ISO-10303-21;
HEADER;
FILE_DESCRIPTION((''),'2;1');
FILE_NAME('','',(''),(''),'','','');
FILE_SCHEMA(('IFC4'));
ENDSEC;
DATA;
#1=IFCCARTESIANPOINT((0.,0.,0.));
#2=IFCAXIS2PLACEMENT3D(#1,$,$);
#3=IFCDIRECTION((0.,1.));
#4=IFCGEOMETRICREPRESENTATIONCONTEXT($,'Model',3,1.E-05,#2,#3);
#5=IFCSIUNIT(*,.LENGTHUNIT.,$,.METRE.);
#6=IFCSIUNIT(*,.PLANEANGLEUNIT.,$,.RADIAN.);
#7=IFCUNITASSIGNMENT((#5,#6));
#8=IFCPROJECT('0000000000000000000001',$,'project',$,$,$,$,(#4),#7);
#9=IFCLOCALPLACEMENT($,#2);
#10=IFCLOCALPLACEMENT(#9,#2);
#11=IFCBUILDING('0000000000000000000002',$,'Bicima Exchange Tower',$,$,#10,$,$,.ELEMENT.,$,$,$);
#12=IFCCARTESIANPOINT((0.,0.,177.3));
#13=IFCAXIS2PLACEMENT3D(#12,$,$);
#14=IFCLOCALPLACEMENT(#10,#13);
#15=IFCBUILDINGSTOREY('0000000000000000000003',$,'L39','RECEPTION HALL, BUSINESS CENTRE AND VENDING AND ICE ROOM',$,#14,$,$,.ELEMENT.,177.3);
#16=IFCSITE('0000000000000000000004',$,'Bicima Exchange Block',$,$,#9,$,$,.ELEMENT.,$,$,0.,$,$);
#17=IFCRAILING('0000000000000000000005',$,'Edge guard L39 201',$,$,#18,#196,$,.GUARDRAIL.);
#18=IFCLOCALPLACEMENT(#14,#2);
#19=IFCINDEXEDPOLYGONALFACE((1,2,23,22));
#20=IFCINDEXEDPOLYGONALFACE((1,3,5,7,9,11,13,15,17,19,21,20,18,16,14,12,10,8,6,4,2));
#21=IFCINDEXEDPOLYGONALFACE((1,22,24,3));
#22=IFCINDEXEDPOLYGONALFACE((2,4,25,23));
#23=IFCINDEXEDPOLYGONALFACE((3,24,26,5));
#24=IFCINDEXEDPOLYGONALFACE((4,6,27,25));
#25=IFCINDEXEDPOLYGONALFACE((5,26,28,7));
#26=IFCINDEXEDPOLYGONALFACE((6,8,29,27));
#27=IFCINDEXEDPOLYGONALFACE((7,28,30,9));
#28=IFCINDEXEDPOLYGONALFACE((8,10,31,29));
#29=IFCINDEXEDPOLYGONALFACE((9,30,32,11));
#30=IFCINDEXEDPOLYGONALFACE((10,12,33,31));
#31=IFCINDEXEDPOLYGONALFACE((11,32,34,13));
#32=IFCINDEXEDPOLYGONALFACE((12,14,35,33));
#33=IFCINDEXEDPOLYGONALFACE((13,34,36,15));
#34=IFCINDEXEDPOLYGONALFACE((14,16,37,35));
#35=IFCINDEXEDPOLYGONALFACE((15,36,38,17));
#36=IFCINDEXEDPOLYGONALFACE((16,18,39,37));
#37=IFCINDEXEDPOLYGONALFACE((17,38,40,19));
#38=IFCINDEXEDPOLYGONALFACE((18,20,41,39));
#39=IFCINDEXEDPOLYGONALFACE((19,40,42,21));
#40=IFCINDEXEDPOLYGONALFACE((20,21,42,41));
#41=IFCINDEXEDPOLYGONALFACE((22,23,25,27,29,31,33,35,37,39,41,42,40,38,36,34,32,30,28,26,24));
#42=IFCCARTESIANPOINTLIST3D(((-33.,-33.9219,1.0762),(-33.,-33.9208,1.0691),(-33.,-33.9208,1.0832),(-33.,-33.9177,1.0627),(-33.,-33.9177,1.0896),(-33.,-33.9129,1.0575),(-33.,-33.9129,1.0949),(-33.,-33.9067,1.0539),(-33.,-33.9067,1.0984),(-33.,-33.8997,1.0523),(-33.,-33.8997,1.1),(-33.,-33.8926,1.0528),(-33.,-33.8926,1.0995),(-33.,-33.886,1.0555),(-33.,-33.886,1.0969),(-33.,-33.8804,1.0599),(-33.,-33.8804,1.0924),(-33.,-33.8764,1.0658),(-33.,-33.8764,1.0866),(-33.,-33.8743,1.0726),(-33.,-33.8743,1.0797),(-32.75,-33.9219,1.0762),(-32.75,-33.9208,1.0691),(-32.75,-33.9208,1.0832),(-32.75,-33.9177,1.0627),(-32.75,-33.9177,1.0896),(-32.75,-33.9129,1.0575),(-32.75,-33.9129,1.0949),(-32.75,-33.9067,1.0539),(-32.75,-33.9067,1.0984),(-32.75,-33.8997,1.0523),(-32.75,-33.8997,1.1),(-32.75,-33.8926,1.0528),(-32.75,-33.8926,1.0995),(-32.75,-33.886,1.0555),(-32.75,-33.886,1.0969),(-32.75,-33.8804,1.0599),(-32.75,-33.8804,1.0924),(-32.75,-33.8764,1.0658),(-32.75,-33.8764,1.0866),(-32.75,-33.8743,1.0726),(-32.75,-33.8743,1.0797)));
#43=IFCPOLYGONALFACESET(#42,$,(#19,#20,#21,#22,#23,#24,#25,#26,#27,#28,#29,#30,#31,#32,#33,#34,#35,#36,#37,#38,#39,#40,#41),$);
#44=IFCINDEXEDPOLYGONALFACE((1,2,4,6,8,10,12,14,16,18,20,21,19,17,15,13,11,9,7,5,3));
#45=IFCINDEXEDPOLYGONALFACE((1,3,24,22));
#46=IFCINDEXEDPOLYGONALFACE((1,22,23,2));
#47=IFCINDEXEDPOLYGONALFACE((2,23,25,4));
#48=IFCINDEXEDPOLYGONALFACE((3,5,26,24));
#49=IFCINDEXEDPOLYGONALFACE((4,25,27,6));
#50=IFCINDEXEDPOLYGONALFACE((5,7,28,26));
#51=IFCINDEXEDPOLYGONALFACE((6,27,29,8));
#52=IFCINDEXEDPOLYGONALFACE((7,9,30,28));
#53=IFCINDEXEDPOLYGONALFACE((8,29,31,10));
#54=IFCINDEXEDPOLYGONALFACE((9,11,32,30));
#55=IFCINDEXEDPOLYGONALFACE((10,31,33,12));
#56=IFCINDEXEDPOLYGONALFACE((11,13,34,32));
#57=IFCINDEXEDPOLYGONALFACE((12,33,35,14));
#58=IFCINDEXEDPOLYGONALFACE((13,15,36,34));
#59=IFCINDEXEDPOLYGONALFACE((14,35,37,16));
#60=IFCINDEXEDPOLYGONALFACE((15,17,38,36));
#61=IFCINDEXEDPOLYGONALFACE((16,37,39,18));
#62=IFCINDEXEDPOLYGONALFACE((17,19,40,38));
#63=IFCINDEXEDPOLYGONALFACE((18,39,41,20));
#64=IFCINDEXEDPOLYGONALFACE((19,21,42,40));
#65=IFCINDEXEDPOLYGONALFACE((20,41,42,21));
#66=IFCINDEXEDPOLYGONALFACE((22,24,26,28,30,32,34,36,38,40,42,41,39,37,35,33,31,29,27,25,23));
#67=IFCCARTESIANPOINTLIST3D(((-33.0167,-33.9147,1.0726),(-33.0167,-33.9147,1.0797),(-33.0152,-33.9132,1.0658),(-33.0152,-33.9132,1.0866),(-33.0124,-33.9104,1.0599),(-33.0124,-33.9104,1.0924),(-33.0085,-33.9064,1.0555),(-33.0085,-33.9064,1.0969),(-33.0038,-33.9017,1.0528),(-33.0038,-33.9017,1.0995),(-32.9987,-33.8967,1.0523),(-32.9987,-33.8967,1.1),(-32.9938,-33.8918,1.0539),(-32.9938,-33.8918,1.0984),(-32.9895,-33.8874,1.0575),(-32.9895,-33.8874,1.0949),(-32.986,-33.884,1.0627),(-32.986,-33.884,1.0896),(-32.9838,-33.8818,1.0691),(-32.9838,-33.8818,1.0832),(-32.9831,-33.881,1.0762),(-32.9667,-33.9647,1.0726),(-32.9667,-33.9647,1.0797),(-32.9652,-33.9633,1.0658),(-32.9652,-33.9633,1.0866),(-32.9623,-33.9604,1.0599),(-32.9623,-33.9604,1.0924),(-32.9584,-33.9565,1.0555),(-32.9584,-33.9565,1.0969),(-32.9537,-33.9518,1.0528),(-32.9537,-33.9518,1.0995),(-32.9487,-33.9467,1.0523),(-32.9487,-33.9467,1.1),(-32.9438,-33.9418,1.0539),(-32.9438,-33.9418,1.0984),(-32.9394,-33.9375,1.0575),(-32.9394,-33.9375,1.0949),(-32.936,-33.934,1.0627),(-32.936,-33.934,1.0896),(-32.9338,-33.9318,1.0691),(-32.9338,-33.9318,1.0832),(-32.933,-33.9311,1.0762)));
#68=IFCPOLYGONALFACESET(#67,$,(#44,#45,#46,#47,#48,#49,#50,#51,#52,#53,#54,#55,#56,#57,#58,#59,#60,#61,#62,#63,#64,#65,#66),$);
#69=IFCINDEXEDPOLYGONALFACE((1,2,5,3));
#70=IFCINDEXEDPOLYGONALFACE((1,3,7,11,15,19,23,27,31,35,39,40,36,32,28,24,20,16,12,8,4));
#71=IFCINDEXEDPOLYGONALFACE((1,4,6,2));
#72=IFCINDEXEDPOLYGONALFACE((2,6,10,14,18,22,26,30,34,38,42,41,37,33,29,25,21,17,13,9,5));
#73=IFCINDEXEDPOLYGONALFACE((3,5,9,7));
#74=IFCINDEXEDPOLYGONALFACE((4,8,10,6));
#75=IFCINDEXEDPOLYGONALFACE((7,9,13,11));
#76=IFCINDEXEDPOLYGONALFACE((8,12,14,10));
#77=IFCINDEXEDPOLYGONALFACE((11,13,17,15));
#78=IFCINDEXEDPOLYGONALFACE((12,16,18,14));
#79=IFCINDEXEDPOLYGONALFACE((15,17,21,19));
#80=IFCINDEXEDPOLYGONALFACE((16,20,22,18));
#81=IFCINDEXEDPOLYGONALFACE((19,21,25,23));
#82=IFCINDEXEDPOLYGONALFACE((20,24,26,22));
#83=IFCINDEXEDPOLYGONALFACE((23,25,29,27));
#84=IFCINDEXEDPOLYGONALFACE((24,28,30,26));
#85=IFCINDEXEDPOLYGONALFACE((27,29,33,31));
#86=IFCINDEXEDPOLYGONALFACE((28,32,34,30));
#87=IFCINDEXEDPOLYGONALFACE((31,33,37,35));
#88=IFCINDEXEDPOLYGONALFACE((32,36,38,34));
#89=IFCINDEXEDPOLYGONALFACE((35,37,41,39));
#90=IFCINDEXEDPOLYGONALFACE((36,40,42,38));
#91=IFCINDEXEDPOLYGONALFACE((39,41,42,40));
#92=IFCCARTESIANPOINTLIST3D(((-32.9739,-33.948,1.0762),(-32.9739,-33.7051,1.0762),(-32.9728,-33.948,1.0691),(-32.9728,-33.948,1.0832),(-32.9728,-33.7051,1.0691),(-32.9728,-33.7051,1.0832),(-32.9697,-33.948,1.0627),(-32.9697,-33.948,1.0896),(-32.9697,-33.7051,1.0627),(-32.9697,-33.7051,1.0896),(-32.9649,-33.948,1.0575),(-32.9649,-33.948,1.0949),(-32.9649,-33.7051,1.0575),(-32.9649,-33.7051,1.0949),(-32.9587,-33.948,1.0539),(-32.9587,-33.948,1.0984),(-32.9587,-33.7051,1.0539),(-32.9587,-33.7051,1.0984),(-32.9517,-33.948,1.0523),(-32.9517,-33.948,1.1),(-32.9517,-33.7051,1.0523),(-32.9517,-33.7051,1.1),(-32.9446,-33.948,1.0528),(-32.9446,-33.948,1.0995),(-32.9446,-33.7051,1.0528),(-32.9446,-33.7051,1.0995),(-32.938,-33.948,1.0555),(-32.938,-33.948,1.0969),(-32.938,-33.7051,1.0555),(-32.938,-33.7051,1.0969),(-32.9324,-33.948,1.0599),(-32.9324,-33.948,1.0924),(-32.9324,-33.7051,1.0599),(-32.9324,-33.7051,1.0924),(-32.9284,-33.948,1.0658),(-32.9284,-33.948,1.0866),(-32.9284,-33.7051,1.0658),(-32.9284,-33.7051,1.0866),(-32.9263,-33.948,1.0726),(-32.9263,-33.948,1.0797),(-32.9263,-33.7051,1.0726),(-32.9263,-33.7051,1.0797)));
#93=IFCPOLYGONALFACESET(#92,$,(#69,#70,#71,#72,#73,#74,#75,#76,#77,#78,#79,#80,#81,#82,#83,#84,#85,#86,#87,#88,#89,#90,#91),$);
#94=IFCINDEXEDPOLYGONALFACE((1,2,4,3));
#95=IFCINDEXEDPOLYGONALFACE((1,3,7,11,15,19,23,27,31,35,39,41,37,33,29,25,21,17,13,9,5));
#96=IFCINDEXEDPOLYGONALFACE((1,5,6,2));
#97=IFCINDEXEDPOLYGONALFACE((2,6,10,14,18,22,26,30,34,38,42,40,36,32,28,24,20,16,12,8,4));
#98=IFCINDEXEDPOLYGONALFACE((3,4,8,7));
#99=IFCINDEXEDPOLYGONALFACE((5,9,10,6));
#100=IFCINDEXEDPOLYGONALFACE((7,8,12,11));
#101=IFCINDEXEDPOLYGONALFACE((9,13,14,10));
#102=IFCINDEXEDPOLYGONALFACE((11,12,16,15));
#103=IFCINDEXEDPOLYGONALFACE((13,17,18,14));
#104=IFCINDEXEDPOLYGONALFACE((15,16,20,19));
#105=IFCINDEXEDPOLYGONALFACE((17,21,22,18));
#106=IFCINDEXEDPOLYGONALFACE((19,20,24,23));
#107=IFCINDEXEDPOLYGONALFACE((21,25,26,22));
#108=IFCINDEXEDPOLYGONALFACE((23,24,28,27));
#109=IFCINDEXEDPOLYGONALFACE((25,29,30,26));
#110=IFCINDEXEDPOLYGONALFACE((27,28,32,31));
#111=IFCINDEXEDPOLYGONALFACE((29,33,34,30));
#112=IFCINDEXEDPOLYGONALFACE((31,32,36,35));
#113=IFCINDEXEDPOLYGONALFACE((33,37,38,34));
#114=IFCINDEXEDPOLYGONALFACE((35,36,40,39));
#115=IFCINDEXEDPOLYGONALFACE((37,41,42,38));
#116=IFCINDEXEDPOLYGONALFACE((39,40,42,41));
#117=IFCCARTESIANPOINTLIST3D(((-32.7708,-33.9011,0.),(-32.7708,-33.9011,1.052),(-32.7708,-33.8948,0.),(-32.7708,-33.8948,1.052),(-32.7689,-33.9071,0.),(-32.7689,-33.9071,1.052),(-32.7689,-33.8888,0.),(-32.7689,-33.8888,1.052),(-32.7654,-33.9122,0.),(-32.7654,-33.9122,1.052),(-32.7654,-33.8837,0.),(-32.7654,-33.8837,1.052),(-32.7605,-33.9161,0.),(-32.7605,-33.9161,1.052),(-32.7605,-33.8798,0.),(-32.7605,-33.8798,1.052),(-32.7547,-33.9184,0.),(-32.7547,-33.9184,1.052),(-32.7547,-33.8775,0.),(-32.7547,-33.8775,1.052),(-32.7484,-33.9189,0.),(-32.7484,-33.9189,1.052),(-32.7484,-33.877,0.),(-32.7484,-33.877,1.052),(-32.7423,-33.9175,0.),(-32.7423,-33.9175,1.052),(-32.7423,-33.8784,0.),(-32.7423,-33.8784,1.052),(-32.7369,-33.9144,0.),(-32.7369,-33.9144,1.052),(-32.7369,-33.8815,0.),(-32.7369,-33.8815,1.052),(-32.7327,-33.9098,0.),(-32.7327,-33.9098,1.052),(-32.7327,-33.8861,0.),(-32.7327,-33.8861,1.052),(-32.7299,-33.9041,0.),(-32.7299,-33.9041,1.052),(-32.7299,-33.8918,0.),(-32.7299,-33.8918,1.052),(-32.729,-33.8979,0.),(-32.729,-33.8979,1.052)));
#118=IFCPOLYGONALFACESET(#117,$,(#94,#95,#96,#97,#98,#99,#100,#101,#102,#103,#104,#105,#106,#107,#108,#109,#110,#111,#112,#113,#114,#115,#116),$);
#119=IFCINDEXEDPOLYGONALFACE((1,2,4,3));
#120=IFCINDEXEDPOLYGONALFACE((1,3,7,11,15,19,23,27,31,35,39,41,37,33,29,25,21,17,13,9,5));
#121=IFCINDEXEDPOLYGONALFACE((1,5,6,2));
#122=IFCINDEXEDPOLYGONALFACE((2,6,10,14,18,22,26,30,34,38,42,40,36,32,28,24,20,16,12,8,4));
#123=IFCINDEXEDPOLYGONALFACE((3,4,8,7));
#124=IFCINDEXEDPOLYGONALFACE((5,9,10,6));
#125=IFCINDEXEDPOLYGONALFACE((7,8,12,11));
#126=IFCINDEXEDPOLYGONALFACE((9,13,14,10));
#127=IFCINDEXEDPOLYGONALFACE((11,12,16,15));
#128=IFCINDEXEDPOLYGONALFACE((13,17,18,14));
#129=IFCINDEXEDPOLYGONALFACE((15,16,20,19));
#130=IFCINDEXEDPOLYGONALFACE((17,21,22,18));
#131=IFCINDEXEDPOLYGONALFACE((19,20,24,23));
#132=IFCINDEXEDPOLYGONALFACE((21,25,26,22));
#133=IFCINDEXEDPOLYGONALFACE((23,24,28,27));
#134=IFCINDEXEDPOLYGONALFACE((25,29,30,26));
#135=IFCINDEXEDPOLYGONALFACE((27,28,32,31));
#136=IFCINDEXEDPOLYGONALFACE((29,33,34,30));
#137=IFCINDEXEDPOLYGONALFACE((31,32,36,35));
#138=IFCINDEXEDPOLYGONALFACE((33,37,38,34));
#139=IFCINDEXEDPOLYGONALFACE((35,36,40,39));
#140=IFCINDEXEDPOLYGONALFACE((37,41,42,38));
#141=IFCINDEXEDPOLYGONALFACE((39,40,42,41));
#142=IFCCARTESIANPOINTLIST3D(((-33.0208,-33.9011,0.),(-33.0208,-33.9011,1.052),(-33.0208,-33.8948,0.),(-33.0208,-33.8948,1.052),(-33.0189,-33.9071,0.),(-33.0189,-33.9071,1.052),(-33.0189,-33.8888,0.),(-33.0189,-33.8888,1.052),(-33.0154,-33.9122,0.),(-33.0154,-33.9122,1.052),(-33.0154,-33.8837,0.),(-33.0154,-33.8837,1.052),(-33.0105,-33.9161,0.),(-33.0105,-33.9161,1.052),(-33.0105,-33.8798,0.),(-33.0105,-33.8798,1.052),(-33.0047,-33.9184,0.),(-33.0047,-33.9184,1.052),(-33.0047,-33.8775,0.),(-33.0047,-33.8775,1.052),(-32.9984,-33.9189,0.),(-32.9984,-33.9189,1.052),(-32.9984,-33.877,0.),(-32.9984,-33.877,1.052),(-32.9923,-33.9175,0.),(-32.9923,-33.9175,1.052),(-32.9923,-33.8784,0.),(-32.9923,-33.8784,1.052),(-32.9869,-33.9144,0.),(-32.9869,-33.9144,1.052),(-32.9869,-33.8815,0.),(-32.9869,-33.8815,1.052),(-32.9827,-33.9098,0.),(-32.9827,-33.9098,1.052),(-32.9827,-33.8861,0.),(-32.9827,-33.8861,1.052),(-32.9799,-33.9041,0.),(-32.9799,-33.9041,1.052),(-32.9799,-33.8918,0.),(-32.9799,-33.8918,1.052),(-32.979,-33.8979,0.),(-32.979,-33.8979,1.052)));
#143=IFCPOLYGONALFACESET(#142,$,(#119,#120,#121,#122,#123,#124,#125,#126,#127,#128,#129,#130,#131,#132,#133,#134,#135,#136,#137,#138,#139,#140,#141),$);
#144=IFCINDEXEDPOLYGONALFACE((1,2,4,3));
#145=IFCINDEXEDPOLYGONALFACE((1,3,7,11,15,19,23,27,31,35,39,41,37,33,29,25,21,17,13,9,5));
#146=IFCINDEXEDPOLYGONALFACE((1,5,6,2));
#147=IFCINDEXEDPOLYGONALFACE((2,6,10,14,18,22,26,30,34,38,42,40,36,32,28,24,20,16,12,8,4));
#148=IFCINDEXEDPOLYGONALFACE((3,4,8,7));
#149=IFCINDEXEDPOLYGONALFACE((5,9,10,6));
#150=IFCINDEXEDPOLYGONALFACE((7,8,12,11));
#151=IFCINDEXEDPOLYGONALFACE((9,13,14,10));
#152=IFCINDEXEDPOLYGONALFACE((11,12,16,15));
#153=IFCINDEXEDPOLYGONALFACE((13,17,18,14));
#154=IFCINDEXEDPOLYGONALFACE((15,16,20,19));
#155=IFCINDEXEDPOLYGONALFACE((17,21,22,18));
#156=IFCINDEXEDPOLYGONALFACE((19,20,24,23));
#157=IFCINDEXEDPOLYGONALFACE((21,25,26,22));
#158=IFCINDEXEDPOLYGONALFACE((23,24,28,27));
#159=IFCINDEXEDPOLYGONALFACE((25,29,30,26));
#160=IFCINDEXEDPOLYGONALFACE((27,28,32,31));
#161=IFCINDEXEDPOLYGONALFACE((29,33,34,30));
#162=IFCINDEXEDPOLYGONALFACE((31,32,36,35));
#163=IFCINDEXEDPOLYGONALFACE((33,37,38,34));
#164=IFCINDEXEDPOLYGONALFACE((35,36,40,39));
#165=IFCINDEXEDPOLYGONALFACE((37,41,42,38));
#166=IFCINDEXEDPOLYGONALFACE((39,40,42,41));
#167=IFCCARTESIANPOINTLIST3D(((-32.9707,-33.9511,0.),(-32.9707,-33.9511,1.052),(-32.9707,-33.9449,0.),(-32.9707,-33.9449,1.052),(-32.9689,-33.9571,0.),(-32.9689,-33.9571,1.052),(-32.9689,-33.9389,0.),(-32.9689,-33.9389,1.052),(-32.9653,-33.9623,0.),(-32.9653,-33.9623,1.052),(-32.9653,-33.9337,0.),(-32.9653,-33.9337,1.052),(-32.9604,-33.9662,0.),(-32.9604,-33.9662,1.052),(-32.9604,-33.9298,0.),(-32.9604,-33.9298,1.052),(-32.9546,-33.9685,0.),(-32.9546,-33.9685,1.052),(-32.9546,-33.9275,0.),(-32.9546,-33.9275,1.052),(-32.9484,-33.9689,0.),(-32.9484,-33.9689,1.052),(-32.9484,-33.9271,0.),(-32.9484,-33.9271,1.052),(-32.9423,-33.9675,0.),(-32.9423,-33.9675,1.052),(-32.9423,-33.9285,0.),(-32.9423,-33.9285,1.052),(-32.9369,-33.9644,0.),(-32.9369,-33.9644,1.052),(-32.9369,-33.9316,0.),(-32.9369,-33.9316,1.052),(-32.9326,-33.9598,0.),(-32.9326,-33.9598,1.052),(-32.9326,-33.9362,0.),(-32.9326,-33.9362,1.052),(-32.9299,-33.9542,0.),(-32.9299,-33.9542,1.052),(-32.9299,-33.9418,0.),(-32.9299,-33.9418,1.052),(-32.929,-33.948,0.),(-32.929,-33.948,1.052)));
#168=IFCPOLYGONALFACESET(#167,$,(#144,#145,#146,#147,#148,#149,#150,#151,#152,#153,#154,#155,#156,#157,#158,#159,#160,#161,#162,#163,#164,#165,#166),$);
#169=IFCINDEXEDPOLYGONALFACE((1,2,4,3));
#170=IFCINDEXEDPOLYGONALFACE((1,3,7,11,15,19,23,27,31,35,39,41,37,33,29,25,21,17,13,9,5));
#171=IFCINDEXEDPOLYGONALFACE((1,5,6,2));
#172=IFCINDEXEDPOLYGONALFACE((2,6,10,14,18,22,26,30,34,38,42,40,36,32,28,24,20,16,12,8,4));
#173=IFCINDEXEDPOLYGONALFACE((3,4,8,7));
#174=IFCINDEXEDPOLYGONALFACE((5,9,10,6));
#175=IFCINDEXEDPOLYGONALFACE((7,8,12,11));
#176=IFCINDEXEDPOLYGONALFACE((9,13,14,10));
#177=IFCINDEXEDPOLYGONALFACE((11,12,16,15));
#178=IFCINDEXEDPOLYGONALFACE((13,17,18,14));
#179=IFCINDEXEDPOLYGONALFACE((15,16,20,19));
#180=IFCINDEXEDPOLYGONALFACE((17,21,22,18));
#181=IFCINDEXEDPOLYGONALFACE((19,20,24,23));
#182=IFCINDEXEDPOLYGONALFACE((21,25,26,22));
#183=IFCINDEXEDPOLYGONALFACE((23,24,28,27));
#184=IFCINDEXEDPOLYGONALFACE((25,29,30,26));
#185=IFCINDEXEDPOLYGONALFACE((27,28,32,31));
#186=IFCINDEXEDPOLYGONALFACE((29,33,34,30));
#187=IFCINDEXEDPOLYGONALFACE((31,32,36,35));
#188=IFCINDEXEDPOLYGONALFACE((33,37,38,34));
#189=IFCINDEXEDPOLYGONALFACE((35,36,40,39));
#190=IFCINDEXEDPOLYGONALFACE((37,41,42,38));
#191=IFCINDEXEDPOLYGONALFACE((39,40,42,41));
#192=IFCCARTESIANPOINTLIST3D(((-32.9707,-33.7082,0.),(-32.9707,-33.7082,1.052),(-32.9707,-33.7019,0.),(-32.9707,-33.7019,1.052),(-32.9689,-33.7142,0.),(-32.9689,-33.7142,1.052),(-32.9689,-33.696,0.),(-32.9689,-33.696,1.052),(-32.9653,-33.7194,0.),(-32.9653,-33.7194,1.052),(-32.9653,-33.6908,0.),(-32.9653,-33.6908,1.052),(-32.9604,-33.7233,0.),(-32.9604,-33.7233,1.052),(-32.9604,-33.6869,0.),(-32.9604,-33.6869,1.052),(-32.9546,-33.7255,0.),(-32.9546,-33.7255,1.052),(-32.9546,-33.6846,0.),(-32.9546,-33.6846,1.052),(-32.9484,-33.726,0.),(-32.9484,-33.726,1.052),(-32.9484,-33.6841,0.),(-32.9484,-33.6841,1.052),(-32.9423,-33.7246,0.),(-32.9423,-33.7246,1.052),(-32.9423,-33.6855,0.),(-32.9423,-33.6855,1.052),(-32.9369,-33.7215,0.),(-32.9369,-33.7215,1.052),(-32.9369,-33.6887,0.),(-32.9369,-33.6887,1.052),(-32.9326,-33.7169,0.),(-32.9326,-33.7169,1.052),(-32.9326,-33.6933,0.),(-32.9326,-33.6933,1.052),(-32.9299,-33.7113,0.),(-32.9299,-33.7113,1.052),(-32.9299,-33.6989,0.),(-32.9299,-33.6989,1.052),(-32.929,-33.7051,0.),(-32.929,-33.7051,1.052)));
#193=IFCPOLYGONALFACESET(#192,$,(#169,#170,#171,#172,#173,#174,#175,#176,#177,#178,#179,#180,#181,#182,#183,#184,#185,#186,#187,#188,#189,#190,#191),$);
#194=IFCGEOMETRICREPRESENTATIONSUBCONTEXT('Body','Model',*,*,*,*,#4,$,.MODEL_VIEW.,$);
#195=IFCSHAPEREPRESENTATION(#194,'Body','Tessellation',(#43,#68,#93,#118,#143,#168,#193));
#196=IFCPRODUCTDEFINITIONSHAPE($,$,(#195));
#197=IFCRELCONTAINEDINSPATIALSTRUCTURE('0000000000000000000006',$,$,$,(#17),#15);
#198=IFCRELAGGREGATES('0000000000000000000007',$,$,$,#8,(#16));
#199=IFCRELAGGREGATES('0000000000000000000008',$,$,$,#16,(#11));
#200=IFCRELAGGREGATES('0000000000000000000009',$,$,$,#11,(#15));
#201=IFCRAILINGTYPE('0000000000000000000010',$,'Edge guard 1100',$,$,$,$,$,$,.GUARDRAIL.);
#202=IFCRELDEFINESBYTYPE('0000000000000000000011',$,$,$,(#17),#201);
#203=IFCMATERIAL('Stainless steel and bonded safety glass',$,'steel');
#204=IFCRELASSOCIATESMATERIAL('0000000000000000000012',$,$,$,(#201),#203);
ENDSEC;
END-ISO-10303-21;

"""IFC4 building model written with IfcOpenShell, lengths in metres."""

from ifc_helpers import new_model, si_unit, direction, frame, origin, origin_2d, place, context, subcontext, project, spatial, circle, extrude, material, type_object, element, save


model = new_model("IFC4")

# Units and contexts
model_context = context("Model", 3, precision=1e-05, world=origin(), true_north=direction((0.0, 1.0)))
body_context = subcontext(model_context, "Body", "Model", "MODEL_VIEW")
ifc_project = project(units=[si_unit("LENGTHUNIT", "METRE"), si_unit("PLANEANGLEUNIT", "RADIAN")], contexts=[model_context])

# Site, building, storey
site_placement = place(None, origin())
site = spatial("IfcSite", under=ifc_project, at=site_placement, Name="Bicima Exchange Block", CompositionType="ELEMENT", RefElevation=0.0)
building_placement = place(site_placement, origin())
building = spatial("IfcBuilding", under=site, at=building_placement, Name="Bicima Exchange Tower", CompositionType="ELEMENT")
storey_placement = place(building_placement, frame((0.0, 0.0, 177.3)))
storey = spatial("IfcBuildingStorey", under=building, at=storey_placement, Name="L39", Description="RECEPTION HALL, BUSINESS CENTRE AND VENDING AND ICE ROOM", CompositionType="ELEMENT", Elevation=177.3)

# Railing
ifc_material_1 = material(Name="Stainless steel and bonded safety glass", Category="steel")
railing_type = type_object("IfcRailingType", Name="Edge guard 1100", PredefinedType="GUARDRAIL", material=ifc_material_1)
railing_1_placement = place(storey_placement, frame((-32.75, -33.8979, 0.0)))
element("IfcRailing", 1, at=railing_1_placement, inside=storey, type_object=railing_type, Name="Edge guard L39 201", PredefinedType="GUARDRAIL", context=body_context, shape_type="SweptSolid", body=[
    extrude(circle(Radius=0.0239, at=origin_2d()), frame((0.0, 0.0, 1.0762), z_axis=(-1.0, 0.0, 0.0), x_axis=(0.0, -1.0, 0.0)), (0.0, 0.0, 1.0), 0.25),
    extrude(circle(Radius=0.0239, at=origin_2d()), frame((-0.25, 0.0, 1.0762), z_axis=(0.707107, -0.707107, 0.0), x_axis=(0.707107, 0.707107, 0.0)), (0.0, 0.0, 1.0), 0.0708),
    extrude(circle(Radius=0.0239, at=origin_2d()), frame((-0.2, -0.05, 1.0762), z_axis=(0.0, 1.0, 0.0), x_axis=(-1.0, 0.0, 0.0)), (0.0, 0.0, 1.0), 0.2429),
    extrude(circle(Radius=0.021, at=origin_2d()), origin(), (0.0, 0.0, 1.0), 1.052),
    extrude(circle(Radius=0.021, at=origin_2d()), frame((-0.25, 0.0, 0.0)), (0.0, 0.0, 1.0), 1.052),
    extrude(circle(Radius=0.021, at=origin_2d()), frame((-0.2, -0.05, 0.0)), (0.0, 0.0, 1.0), 1.052),
    extrude(circle(Radius=0.021, at=origin_2d()), frame((-0.2, 0.1929, 0.0)), (0.0, 0.0, 1.0), 1.052),
])

save(model, "model.ifc")
